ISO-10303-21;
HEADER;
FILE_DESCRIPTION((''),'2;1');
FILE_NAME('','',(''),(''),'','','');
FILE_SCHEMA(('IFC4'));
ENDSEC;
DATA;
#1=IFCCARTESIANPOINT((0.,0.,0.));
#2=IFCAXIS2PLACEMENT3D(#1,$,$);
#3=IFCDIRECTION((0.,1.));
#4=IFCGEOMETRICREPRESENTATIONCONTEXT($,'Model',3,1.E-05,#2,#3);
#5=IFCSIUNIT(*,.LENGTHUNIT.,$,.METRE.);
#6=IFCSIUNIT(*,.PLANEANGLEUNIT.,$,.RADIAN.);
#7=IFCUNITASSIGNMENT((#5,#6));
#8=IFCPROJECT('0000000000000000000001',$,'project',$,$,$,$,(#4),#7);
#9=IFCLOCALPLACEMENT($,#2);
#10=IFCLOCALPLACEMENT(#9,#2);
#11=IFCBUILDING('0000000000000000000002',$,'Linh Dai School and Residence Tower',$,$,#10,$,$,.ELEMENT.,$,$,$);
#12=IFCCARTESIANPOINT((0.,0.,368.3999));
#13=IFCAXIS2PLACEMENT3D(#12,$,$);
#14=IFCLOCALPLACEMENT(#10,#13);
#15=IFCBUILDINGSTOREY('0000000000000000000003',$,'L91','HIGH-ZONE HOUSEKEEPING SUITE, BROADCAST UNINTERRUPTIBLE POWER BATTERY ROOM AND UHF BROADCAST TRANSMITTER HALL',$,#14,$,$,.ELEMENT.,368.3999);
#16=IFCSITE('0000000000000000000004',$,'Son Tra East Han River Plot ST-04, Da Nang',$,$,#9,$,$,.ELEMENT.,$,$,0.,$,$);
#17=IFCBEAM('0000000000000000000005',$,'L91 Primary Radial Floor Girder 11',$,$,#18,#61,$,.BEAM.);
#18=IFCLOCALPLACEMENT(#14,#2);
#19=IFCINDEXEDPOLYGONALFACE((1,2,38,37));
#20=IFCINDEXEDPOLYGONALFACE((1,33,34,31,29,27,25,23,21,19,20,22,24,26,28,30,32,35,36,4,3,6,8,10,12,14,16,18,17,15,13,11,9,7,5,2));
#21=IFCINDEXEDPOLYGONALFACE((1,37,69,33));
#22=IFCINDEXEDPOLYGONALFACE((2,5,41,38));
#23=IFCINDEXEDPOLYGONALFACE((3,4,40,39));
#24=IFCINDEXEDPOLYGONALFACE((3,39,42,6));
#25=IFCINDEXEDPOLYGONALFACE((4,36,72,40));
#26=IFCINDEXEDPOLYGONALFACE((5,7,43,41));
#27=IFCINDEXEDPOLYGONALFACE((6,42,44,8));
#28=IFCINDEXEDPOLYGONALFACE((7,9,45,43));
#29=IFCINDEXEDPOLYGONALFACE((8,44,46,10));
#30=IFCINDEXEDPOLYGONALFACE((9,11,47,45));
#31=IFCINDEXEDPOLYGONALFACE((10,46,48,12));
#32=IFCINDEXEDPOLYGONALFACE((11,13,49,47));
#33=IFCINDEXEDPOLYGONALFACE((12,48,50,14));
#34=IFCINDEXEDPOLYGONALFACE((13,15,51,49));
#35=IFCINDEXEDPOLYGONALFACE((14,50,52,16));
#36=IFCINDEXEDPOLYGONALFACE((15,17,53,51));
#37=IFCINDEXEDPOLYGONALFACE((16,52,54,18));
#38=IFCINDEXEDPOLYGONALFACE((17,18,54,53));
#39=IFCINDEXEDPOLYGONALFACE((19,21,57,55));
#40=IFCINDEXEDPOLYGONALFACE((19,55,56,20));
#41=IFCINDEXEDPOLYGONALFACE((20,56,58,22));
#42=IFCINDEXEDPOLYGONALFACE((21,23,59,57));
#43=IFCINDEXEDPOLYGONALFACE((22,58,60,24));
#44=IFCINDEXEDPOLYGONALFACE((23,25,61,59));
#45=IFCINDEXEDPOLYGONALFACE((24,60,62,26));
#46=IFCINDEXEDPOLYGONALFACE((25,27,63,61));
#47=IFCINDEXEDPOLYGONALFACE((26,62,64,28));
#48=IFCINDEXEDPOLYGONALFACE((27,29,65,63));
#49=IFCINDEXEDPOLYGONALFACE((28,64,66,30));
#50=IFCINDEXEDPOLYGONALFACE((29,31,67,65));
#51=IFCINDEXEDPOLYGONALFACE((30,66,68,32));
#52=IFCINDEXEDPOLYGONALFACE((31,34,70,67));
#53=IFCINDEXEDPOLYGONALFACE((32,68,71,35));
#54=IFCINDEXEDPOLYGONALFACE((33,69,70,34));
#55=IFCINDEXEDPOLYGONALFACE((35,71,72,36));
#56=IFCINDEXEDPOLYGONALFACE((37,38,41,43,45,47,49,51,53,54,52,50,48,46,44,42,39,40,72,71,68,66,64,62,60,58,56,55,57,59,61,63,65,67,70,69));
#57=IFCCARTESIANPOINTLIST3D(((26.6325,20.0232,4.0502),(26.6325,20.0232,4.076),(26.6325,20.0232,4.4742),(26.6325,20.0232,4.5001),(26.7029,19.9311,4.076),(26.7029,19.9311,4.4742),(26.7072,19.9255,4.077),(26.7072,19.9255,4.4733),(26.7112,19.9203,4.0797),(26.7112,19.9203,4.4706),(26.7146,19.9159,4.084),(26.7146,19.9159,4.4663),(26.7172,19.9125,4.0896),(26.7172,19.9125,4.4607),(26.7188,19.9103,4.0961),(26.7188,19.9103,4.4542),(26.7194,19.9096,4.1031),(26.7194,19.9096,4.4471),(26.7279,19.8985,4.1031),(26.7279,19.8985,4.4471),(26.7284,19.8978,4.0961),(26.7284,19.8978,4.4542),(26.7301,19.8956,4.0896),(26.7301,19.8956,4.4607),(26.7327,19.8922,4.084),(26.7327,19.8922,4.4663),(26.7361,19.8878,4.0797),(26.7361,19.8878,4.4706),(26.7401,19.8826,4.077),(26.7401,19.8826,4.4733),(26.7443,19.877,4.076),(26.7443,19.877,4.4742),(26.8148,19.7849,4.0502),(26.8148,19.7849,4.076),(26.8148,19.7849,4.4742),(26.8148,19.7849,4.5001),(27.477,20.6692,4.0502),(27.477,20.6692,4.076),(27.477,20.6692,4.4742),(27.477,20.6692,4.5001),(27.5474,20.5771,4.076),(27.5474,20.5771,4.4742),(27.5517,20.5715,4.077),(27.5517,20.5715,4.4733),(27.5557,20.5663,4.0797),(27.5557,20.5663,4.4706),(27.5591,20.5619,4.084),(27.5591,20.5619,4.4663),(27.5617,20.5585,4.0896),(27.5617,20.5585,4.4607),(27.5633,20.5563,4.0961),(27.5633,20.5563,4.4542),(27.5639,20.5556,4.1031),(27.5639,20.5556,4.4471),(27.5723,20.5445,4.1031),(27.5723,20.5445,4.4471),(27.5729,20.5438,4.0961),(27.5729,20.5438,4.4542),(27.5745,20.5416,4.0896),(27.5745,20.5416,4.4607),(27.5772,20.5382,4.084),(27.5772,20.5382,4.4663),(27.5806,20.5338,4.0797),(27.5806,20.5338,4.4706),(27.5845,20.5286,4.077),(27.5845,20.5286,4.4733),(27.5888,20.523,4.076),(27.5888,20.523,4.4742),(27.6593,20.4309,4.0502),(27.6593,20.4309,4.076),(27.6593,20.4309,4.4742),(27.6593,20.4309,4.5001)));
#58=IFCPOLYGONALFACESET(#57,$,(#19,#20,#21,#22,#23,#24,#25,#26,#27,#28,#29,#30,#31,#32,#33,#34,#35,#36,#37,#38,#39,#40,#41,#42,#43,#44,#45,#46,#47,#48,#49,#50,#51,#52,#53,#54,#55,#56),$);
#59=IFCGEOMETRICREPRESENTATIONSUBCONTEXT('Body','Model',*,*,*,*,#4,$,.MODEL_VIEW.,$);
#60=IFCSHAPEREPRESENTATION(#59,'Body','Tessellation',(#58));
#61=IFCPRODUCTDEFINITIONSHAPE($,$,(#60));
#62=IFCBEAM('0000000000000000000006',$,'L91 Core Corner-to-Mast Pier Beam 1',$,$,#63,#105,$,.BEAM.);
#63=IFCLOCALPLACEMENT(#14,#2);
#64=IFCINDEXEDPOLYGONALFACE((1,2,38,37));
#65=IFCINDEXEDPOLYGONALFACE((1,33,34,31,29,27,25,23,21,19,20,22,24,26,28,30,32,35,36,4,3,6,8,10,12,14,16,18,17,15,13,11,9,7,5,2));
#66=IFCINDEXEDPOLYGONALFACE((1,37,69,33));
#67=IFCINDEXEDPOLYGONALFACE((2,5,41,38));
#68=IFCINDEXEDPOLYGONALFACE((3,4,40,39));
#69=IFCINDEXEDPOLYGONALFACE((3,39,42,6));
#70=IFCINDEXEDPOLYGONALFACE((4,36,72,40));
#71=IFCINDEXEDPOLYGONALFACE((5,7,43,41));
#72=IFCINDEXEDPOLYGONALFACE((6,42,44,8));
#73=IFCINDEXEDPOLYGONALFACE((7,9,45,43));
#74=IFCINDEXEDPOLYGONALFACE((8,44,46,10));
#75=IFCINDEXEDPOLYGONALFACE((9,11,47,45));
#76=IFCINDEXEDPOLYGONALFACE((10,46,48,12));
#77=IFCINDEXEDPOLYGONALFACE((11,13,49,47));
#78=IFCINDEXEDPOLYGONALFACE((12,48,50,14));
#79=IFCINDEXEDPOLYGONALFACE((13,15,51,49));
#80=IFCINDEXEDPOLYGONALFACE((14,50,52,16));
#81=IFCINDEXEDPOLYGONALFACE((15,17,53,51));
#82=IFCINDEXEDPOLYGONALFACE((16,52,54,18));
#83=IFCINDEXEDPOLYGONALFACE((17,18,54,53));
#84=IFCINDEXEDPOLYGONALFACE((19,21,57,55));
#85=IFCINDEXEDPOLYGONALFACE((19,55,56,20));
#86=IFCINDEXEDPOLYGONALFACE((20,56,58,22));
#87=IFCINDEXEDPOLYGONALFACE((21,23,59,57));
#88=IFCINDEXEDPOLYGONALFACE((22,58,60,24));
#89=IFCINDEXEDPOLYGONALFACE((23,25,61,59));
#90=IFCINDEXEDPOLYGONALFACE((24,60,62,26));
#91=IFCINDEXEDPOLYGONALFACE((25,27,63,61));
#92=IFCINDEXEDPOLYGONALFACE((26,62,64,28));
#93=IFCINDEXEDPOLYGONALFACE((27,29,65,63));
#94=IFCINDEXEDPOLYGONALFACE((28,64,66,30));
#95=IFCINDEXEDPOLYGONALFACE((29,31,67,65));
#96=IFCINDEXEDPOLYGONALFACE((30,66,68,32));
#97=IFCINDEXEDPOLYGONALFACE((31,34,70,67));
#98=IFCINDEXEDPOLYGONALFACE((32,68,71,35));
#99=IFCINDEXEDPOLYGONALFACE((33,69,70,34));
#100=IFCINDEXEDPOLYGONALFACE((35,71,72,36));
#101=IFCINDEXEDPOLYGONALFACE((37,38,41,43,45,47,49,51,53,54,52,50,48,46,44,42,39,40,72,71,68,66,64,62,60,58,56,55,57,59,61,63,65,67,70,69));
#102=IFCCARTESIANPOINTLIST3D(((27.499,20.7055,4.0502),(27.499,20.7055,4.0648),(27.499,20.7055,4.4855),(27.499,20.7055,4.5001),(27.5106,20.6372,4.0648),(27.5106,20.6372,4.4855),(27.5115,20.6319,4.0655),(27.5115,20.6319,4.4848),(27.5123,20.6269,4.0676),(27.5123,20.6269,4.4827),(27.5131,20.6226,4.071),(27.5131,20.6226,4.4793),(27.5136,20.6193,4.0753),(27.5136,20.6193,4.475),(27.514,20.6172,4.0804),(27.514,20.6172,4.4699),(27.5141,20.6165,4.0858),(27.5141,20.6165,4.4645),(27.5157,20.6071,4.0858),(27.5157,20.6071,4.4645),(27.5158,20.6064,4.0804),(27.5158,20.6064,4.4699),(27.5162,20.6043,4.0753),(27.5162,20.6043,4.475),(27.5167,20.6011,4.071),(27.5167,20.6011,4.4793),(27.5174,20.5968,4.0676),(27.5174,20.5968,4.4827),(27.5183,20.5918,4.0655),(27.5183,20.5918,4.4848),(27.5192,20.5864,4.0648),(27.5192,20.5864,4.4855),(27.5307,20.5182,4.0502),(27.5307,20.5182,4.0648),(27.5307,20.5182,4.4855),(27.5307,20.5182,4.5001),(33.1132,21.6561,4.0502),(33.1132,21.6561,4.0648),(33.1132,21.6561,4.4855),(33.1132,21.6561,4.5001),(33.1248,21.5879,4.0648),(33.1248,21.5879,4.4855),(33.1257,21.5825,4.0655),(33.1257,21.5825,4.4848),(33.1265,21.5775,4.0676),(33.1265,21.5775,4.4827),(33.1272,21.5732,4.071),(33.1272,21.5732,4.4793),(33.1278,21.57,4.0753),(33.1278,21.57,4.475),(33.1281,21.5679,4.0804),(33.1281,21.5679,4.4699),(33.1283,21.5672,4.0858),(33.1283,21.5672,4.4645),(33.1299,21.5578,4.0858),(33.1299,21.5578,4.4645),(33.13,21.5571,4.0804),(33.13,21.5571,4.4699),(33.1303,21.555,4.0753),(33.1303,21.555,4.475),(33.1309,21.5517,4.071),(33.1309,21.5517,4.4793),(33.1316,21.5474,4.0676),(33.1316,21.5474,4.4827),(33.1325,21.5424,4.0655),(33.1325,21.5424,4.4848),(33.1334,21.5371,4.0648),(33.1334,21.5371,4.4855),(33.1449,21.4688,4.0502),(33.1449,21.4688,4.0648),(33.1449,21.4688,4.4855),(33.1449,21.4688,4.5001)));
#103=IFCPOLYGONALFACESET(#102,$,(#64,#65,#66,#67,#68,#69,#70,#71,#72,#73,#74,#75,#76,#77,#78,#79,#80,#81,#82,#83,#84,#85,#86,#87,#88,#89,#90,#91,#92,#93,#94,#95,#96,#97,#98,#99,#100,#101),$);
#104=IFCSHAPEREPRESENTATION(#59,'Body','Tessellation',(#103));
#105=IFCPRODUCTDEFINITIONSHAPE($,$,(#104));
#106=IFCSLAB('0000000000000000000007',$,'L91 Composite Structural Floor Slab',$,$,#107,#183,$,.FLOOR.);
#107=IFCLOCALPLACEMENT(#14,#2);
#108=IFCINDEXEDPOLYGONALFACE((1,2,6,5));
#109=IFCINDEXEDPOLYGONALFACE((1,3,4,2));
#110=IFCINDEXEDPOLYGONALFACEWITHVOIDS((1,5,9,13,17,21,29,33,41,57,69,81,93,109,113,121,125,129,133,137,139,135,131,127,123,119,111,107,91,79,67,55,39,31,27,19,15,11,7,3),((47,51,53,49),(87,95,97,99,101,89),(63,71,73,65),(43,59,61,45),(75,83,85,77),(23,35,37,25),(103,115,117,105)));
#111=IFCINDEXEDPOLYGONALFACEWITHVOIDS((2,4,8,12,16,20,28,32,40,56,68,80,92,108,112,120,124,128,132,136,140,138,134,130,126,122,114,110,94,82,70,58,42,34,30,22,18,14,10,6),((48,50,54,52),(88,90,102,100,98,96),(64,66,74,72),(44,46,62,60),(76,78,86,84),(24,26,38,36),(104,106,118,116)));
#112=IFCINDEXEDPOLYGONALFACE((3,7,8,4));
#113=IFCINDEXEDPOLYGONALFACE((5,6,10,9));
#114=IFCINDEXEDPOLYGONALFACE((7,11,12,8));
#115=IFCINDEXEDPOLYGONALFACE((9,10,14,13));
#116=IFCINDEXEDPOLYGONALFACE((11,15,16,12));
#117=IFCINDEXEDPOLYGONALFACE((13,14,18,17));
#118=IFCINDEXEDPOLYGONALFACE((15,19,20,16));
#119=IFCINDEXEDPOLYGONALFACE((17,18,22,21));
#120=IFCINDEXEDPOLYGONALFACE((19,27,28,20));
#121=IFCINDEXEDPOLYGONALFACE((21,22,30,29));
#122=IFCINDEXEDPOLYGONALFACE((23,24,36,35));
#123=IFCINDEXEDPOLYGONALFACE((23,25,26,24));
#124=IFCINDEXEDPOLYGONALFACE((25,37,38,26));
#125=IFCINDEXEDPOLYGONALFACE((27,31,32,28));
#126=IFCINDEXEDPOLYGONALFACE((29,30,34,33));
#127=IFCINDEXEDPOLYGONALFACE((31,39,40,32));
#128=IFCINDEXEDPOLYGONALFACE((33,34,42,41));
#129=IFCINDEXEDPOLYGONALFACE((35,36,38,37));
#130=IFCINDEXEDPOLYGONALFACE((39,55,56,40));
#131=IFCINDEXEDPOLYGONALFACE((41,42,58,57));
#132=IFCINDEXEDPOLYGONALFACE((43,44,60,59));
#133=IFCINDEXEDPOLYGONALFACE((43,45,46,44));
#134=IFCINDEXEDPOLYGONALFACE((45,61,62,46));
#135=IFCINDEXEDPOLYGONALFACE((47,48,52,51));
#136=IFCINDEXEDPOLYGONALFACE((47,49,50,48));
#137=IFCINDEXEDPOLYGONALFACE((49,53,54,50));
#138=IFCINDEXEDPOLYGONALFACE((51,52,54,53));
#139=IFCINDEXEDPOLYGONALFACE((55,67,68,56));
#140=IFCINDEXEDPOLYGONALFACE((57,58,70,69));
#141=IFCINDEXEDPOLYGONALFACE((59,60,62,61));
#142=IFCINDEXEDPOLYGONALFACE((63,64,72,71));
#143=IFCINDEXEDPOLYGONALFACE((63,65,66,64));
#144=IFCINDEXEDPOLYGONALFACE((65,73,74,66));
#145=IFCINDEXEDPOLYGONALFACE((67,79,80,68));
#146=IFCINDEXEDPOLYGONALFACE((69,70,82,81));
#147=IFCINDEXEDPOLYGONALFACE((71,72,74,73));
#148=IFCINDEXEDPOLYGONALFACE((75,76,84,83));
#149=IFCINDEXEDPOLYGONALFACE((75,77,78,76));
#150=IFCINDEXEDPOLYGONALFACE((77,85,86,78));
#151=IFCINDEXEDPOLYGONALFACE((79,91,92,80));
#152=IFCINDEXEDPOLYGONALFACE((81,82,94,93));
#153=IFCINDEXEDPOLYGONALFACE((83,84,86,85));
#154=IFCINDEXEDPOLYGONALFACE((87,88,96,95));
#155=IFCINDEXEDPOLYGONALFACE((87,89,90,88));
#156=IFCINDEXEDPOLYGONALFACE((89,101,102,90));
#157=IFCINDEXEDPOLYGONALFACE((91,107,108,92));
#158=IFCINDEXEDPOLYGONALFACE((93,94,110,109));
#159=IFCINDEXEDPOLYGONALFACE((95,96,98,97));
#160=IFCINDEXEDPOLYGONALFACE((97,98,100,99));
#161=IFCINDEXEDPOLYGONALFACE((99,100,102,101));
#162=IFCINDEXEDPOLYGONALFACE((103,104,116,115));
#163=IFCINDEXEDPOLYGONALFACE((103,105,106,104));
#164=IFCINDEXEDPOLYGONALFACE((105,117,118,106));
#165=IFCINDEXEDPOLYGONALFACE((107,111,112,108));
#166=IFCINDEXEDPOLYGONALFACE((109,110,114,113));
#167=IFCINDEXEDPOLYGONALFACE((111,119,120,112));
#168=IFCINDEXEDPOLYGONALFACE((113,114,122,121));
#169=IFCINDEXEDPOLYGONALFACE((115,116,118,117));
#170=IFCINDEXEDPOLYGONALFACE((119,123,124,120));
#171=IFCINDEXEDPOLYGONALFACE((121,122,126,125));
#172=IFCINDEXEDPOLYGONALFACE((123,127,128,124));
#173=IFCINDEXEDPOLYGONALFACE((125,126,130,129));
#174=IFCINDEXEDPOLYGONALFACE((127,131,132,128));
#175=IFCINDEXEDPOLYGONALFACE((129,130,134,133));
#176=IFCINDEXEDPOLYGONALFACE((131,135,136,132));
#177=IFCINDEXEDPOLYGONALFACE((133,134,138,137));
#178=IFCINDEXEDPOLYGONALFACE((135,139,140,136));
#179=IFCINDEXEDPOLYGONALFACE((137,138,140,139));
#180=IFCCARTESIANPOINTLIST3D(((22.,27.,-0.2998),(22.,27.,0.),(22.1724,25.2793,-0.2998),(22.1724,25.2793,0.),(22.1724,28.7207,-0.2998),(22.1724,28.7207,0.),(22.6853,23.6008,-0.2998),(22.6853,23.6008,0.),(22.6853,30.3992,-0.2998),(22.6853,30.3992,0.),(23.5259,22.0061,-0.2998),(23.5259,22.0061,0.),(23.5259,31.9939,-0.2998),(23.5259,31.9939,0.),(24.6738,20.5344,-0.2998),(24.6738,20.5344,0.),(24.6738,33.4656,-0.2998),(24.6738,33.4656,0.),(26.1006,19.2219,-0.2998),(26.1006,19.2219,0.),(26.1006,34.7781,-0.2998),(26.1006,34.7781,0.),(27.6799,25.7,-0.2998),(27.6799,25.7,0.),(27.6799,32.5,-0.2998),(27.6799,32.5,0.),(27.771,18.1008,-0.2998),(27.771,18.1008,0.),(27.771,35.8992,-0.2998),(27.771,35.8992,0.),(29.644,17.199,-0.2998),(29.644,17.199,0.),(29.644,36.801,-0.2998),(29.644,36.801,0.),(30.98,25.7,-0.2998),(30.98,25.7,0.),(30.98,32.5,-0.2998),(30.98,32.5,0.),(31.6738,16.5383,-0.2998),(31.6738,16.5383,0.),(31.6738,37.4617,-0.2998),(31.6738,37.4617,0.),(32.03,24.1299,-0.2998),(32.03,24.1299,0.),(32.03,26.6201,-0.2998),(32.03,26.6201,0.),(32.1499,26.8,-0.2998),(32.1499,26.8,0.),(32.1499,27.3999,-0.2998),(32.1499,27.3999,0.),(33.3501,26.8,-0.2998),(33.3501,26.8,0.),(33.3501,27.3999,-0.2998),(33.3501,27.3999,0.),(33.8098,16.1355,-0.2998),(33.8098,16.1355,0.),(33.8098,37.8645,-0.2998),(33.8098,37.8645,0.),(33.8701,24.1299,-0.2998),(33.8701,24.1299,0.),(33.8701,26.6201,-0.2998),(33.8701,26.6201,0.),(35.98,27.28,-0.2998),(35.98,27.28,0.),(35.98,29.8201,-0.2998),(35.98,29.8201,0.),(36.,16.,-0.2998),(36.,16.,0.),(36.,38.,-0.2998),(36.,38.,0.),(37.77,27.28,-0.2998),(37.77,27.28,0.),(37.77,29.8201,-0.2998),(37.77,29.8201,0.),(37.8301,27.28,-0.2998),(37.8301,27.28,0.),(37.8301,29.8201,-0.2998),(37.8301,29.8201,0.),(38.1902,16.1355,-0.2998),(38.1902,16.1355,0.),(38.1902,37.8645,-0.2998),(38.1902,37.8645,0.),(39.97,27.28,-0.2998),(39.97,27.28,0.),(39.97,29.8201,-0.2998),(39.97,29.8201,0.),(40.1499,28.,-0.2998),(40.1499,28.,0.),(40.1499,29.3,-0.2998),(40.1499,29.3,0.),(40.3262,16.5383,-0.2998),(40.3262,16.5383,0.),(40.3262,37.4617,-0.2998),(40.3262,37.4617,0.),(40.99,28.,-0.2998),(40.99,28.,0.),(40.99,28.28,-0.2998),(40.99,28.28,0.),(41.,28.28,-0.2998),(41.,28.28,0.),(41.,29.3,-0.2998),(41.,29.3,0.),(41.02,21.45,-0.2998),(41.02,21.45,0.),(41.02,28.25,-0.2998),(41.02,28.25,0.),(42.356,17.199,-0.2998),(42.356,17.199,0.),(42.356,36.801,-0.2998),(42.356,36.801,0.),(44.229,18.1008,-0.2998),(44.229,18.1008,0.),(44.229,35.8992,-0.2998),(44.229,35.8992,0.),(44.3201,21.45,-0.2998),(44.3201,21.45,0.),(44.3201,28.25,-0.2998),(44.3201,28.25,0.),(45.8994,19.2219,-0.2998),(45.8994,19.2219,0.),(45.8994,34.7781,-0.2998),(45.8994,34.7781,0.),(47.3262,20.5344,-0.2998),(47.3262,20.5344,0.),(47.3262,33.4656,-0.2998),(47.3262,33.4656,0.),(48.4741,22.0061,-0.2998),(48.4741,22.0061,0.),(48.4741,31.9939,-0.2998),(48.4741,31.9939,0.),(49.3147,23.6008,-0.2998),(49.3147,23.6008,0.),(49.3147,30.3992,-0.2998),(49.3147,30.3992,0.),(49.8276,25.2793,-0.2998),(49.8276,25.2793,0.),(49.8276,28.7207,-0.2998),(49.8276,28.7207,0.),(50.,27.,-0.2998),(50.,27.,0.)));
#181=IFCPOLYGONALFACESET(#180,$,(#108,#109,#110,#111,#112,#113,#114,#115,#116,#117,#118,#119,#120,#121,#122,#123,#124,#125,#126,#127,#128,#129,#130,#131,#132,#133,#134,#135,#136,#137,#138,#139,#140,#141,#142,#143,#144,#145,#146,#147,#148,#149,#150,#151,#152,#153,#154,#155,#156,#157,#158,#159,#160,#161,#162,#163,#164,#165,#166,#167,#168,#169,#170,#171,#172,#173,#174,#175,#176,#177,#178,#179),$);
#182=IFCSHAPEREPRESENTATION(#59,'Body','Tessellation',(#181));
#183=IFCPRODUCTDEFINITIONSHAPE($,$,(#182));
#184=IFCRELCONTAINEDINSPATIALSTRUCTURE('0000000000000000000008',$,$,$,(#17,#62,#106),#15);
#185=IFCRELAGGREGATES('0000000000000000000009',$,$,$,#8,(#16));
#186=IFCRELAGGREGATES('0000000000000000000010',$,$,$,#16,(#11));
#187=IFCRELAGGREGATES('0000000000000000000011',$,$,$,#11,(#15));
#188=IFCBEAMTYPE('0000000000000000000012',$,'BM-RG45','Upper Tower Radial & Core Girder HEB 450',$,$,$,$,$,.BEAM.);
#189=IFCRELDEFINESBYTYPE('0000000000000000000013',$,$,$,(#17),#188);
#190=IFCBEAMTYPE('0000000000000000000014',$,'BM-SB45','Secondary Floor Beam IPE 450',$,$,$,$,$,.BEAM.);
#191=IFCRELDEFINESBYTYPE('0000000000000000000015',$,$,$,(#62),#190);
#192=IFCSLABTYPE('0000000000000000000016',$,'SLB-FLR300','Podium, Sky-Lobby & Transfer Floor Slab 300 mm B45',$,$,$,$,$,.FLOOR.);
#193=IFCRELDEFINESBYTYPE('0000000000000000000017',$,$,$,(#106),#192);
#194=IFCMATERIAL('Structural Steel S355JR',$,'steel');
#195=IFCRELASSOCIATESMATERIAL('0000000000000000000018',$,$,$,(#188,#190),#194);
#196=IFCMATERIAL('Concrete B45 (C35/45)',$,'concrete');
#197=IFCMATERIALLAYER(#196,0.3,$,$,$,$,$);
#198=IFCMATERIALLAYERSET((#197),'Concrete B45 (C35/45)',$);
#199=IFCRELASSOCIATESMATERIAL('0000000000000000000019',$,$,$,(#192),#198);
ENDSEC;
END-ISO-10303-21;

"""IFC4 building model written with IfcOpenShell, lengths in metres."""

from ifc_helpers import new_model, si_unit, direction, frame, origin, origin_2d, place, context, subcontext, project, spatial, polyline, i_section, outline, extrude, material, layer, layer_set, material_profile, profile_set, type_object, element, save


model = new_model("IFC4")

# Units and contexts
model_context = context("Model", 3, precision=1e-05, world=origin(), true_north=direction((0.0, 1.0)))
body_context = subcontext(model_context, "Body", "Model", "MODEL_VIEW")
ifc_project = project(units=[si_unit("LENGTHUNIT", "METRE"), si_unit("PLANEANGLEUNIT", "RADIAN")], contexts=[model_context])

# Site, building, storey
site_placement = place(None, origin())
site = spatial("IfcSite", under=ifc_project, at=site_placement, Name="Son Tra East Han River Plot ST-04, Da Nang", CompositionType="ELEMENT", RefElevation=0.0)
building_placement = place(site_placement, origin())
building = spatial("IfcBuilding", under=site, at=building_placement, Name="Linh Dai School and Residence Tower", CompositionType="ELEMENT")
storey_placement = place(building_placement, frame((0.0, 0.0, 368.3999)))
storey = spatial("IfcBuildingStorey", under=building, at=storey_placement, Name="L91", Description="HIGH-ZONE HOUSEKEEPING SUITE, BROADCAST UNINTERRUPTIBLE POWER BATTERY ROOM AND UHF BROADCAST TRANSMITTER HALL", CompositionType="ELEMENT", Elevation=368.3999)

# Shared definitions
ifc_material_1 = material(Name="Concrete B45 (C35/45)", Category="concrete")
ifc_material_2 = material(Name="Structural Steel S355JR", Category="steel")

# Beams
ifc_material_profile_1 = material_profile(ifc_material_2, i_section(OverallWidth=0.3, OverallDepth=0.45, WebThickness=0.0139, FlangeThickness=0.0259, FilletRadius=0.0271, at=origin_2d()), Name="HEB 450")
ifc_profile_set_1 = profile_set([ifc_material_profile_1], Name="Structural Steel S355JR")
beam_type_1 = type_object("IfcBeamType", Name="BM-RG45", Description="Upper Tower Radial & Core Girder HEB 450", PredefinedType="BEAM", material=ifc_profile_set_1)
beam_1_placement = place(storey_placement, frame((27.5681, 20.55, 4.2751), z_axis=(-0.79426, -0.607578, 0.0), x_axis=(0.607578, -0.79426, 0.0)))
element("IfcBeam", 1, at=beam_1_placement, inside=storey, type_object=beam_type_1, Name="L91 Primary Radial Floor Girder 11", PredefinedType="BEAM", context=body_context, shape_type="SweptSolid", body=[
    extrude(i_section(OverallWidth=0.3, OverallDepth=0.45, WebThickness=0.0139, FlangeThickness=0.0259, FilletRadius=0.0271, at=origin_2d()), origin(), (0.0, 0.0, 1.0), 1.0632),
])
ifc_material_profile_2 = material_profile(ifc_material_2, i_section(OverallWidth=0.1899, OverallDepth=0.45, WebThickness=0.0095, FlangeThickness=0.0146, FilletRadius=0.021, at=origin_2d()), Name="IPE 450")
ifc_profile_set_2 = profile_set([ifc_material_profile_2], Name="Structural Steel S355JR")
beam_type_2 = type_object("IfcBeamType", Name="BM-SB45", Description="Secondary Floor Beam IPE 450", PredefinedType="BEAM", material=ifc_profile_set_2)
beam_2_placement = place(storey_placement, frame((27.5149, 20.6118, 4.2751), z_axis=(0.985964, 0.166957, 0.0), x_axis=(-0.166957, 0.985964, 0.0)))
element("IfcBeam", 2, at=beam_2_placement, inside=storey, type_object=beam_type_2, Name="L91 Core Corner-to-Mast Pier Beam 1", PredefinedType="BEAM", context=body_context, shape_type="SweptSolid", body=[
    extrude(i_section(OverallWidth=0.1899, OverallDepth=0.45, WebThickness=0.0095, FlangeThickness=0.0146, FilletRadius=0.021, at=origin_2d()), origin(), (0.0, 0.0, 1.0), 5.6941),
])

# Slab
ifc_layer_1 = layer(ifc_material_1, 0.3)
ifc_layer_set_1 = layer_set([ifc_layer_1], Name="Concrete B45 (C35/45)")
slab_type_1 = type_object("IfcSlabType", Name="SLB-FLR300", Description="Podium, Sky-Lobby & Transfer Floor Slab 300 mm B45", PredefinedType="FLOOR", material=ifc_layer_set_1)
slab_1_placement = place(storey_placement, frame((0.0, 0.0, -0.2998)))
element("IfcSlab", 3, at=slab_1_placement, inside=storey, type_object=slab_type_1, Name="L91 Composite Structural Floor Slab", PredefinedType="FLOOR", context=body_context, shape_type="SweptSolid", body=[
    extrude(outline(polyline([(50.0, 27.0), (49.8276, 28.7207), (49.3147, 30.3992), (48.4741, 31.9939), (47.3262, 33.4656), (45.8994, 34.7781), (44.229, 35.8992), (42.356, 36.801), (40.3262, 37.4617), (38.1902, 37.8645), (36.0, 38.0), (33.8098, 37.8645), (31.6738, 37.4617), (29.644, 36.801), (27.771, 35.8992), (26.1006, 34.7781), (24.6738, 33.4656), (23.5259, 31.9939), (22.6853, 30.3992), (22.1724, 28.7207), (22.0, 27.0), (22.1724, 25.2793), (22.6853, 23.6008), (23.5259, 22.0061), (24.6738, 20.5344), (26.1006, 19.2219), (27.771, 18.1008), (29.644, 17.199), (31.6738, 16.5383), (33.8098, 16.1355), (36.0, 16.0), (38.1902, 16.1355), (40.3262, 16.5383), (42.356, 17.199), (44.229, 18.1008), (45.8994, 19.2219), (47.3262, 20.5344), (48.4741, 22.0061), (49.3147, 23.6008), (49.8276, 25.2793), (50.0, 27.0)]), holes=[polyline([(30.98, 25.7), (30.98, 32.5), (27.6799, 32.5), (27.6799, 25.7), (30.98, 25.7)]), polyline([(41.02, 28.25), (41.02, 21.45), (44.3201, 21.45), (44.3201, 28.25), (41.02, 28.25)]), polyline([(35.98, 27.28), (37.77, 27.28), (37.77, 29.8201), (35.98, 29.8201), (35.98, 27.28)]), polyline([(32.03, 24.1299), (33.8701, 24.1299), (33.8701, 26.6201), (32.03, 26.6201), (32.03, 24.1299)]), polyline([(37.8301, 27.28), (39.97, 27.28), (39.97, 29.8201), (37.8301, 29.8201), (37.8301, 27.28)]), polyline([(40.1499, 28.0), (40.1499, 29.3), (41.0, 29.3), (41.0, 28.28), (40.99, 28.28), (40.99, 28.0), (40.1499, 28.0)]), polyline([(32.1499, 26.8), (33.3501, 26.8), (33.3501, 27.3999), (32.1499, 27.3999), (32.1499, 26.8)])]), origin(), (0.0, 0.0, 1.0), 0.2998),
])

save(model, "model.ifc")
